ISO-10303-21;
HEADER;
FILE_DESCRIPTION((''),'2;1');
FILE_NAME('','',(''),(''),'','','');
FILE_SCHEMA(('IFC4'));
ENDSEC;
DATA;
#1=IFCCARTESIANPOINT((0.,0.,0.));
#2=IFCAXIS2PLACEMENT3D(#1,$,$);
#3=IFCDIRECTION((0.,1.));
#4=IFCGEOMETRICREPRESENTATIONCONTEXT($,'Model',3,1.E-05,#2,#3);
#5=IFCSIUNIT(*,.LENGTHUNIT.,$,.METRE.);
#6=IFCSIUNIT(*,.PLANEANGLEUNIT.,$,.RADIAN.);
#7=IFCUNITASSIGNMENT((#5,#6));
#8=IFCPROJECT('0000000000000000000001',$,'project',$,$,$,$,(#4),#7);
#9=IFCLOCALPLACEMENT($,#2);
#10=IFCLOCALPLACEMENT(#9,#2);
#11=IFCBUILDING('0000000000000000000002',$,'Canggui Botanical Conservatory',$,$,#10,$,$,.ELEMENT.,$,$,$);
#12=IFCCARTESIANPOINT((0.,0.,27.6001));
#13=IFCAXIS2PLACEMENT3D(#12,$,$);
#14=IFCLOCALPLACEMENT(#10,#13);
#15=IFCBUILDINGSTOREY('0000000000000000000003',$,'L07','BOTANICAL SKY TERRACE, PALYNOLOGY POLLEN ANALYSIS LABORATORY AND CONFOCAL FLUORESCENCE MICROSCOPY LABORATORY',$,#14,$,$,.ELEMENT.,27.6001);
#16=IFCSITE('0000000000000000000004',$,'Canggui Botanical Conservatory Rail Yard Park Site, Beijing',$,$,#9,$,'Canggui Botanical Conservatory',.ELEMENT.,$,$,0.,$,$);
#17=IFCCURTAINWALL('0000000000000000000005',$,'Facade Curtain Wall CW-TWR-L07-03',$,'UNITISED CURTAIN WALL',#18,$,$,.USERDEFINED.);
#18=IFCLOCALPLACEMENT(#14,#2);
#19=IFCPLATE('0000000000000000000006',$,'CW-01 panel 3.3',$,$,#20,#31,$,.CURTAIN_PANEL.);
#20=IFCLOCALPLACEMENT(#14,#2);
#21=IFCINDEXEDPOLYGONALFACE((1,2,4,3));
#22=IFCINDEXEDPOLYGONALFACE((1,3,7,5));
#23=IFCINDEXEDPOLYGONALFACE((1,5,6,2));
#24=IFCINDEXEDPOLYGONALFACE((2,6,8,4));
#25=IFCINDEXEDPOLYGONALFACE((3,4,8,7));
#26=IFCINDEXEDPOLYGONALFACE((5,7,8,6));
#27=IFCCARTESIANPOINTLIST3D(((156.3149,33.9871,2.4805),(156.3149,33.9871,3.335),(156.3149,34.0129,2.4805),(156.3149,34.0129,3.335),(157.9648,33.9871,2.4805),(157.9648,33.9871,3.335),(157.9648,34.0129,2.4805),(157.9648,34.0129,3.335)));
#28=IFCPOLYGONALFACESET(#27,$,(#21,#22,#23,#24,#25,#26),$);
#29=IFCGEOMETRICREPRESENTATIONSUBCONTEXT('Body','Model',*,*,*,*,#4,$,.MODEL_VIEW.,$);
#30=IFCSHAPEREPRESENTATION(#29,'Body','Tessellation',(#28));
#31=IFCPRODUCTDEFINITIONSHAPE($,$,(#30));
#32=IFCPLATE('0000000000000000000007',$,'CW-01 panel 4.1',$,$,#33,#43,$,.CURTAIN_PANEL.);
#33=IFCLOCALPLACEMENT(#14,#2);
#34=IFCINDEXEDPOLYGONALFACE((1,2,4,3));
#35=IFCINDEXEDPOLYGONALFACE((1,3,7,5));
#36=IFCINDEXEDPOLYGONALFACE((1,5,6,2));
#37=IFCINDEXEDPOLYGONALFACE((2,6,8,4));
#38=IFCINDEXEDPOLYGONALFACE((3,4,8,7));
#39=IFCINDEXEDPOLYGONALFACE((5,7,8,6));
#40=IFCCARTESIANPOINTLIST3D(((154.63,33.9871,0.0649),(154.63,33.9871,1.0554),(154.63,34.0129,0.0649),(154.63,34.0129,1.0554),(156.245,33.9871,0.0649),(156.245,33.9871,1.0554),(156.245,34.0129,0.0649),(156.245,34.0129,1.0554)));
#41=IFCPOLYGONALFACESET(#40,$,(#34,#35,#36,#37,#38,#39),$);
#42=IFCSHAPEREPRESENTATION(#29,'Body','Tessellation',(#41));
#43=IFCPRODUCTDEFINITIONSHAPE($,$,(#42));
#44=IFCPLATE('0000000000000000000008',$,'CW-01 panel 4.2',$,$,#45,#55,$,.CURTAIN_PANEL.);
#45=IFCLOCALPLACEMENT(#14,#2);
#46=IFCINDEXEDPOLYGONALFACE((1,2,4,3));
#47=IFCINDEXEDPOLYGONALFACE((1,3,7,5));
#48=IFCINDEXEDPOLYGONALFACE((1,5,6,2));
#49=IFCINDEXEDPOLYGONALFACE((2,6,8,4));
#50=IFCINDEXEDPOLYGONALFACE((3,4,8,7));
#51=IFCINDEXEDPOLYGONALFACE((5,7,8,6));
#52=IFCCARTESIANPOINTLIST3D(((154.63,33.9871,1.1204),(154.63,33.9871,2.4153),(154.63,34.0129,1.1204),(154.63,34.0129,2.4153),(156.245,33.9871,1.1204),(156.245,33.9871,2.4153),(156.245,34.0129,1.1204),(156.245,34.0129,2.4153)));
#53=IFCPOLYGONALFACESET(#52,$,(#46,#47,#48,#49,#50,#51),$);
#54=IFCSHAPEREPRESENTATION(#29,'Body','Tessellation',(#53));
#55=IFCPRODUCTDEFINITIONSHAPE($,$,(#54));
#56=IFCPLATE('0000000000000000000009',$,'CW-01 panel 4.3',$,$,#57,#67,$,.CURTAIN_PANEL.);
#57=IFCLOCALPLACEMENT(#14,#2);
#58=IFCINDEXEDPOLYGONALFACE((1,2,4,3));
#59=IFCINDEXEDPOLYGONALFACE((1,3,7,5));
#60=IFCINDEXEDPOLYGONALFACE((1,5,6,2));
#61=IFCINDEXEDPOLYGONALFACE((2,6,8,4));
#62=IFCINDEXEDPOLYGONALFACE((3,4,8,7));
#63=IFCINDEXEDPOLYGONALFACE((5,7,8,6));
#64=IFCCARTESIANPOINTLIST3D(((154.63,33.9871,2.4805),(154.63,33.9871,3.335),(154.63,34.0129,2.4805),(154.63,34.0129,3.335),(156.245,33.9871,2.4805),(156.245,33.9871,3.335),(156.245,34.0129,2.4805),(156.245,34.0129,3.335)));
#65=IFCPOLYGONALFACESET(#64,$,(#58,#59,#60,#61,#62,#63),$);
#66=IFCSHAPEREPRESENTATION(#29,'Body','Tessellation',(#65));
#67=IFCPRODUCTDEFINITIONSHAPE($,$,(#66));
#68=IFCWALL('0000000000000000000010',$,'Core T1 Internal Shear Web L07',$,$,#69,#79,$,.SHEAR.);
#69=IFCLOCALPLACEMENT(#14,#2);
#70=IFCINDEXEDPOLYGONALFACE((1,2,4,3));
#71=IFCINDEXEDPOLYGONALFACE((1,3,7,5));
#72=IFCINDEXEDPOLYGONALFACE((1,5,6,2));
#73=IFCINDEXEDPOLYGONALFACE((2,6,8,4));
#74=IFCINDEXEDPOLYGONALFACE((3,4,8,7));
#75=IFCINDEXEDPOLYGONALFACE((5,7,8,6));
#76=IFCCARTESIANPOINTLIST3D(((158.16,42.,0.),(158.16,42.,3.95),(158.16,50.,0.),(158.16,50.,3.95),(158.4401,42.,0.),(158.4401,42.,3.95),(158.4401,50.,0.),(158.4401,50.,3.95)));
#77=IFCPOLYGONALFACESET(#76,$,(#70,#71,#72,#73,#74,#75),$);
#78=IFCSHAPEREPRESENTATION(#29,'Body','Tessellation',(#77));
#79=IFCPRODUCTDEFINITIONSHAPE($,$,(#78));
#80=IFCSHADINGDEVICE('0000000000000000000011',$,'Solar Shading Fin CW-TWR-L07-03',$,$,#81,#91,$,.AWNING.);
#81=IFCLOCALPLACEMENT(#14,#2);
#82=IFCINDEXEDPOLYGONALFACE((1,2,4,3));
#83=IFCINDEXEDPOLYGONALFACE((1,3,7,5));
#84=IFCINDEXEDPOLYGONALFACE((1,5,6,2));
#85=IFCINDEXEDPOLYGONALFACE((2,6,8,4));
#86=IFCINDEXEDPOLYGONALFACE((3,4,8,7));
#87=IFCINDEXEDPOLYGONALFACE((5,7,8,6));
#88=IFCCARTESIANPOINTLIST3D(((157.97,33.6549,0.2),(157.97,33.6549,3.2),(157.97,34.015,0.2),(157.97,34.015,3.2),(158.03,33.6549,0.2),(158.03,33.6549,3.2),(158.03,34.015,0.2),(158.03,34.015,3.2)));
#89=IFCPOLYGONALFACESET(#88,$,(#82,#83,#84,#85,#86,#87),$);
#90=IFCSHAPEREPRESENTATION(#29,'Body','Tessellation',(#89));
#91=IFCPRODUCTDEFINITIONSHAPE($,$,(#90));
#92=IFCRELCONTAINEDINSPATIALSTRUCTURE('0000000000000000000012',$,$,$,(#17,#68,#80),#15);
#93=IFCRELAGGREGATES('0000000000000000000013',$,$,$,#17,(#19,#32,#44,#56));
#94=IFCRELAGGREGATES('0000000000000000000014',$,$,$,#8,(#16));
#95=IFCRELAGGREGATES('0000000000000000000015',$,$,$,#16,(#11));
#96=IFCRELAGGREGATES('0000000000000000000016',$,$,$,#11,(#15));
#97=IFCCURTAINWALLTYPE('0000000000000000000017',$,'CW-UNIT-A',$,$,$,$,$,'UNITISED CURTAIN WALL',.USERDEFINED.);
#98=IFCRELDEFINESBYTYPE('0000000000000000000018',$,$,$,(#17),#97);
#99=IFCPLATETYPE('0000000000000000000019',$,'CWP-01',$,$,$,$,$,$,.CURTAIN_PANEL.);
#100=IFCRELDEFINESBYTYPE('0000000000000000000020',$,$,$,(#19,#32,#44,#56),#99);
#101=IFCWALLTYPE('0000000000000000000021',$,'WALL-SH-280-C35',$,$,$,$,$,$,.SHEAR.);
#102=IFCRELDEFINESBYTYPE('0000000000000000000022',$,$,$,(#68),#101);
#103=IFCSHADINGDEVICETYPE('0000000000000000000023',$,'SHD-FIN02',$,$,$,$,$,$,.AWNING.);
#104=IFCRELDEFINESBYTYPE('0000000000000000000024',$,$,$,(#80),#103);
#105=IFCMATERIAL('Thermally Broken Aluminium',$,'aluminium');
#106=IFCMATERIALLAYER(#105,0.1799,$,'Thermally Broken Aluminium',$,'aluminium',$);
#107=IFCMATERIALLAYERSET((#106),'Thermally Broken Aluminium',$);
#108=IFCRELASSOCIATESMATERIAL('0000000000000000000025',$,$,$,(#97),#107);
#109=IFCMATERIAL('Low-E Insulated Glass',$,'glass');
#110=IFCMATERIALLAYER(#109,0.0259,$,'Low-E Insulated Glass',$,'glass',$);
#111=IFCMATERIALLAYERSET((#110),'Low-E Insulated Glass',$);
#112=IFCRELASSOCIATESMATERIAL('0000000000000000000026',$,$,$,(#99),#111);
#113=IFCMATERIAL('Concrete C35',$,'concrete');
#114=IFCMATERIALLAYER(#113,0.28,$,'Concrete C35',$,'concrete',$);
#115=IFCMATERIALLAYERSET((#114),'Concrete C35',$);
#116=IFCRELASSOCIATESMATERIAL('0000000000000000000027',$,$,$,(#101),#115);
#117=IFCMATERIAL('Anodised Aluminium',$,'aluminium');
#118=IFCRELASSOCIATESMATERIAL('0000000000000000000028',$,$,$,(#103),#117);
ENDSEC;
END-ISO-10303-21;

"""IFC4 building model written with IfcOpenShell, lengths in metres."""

from ifc_helpers import new_model, si_unit, direction, frame, frame_2d, origin, origin_2d, place, context, subcontext, project, spatial, rectangle, extrude, material, layer, layer_set, type_object, element, aggregate, save


model = new_model("IFC4")

# Units and contexts
model_context = context("Model", 3, precision=1e-05, world=origin(), true_north=direction((0.0, 1.0)))
body_context = subcontext(model_context, "Body", "Model", "MODEL_VIEW")
ifc_project = project(units=[si_unit("LENGTHUNIT", "METRE"), si_unit("PLANEANGLEUNIT", "RADIAN")], contexts=[model_context])

# Site, building, storey
site_placement = place(None, origin())
site = spatial("IfcSite", under=ifc_project, at=site_placement, Name="Canggui Botanical Conservatory Rail Yard Park Site, Beijing", LongName="Canggui Botanical Conservatory", CompositionType="ELEMENT", RefElevation=0.0)
building_placement = place(site_placement, origin())
building = spatial("IfcBuilding", under=site, at=building_placement, Name="Canggui Botanical Conservatory", CompositionType="ELEMENT")
storey_placement = place(building_placement, frame((0.0, 0.0, 27.6001)))
storey = spatial("IfcBuildingStorey", under=building, at=storey_placement, Name="L07", Description="BOTANICAL SKY TERRACE, PALYNOLOGY POLLEN ANALYSIS LABORATORY AND CONFOCAL FLUORESCENCE MICROSCOPY LABORATORY", CompositionType="ELEMENT", Elevation=27.6001)

# Curtain wall, plates
ifc_material_1 = material(Name="Thermally Broken Aluminium", Category="aluminium")
ifc_layer_1 = layer(ifc_material_1, 0.1799, Name="Thermally Broken Aluminium", Category="aluminium")
ifc_layer_set_1 = layer_set([ifc_layer_1], Name="Thermally Broken Aluminium")
curtain_wall_type = type_object("IfcCurtainWallType", Name="CW-UNIT-A", ElementType="UNITISED CURTAIN WALL", PredefinedType="USERDEFINED", material=ifc_layer_set_1)
curtain_wall_placement = place(storey_placement, origin())
curtain_wall = element("IfcCurtainWall", 1, at=curtain_wall_placement, inside=storey, type_object=curtain_wall_type, Name="Facade Curtain Wall CW-TWR-L07-03", ObjectType="UNITISED CURTAIN WALL", PredefinedType="USERDEFINED")
ifc_material_2 = material(Name="Low-E Insulated Glass", Category="glass")
ifc_layer_2 = layer(ifc_material_2, 0.0259, Name="Low-E Insulated Glass", Category="glass")
ifc_layer_set_2 = layer_set([ifc_layer_2], Name="Low-E Insulated Glass")
plate_type = type_object("IfcPlateType", Name="CWP-01", PredefinedType="CURTAIN_PANEL", material=ifc_layer_set_2)
plate_1_placement = place(storey_placement, frame((157.1399, 34.0, 2.4805), z_axis=(0.0, 0.0, 1.0), x_axis=(-1.0, 0.0, 0.0)))
plate_1 = element("IfcPlate", 2, at=plate_1_placement, type_object=plate_type, Name="CW-01 panel 3.3", PredefinedType="CURTAIN_PANEL", context=body_context, shape_type="SweptSolid", body=[
    extrude(rectangle(XDim=1.6499, YDim=0.0259, at=origin_2d()), origin(), (0.0, 0.0, 1.0), 0.8545),
])
plate_2_placement = place(storey_placement, frame((155.4375, 34.0, 0.0649), z_axis=(0.0, 0.0, 1.0), x_axis=(-1.0, 0.0, 0.0)))
plate_2 = element("IfcPlate", 3, at=plate_2_placement, type_object=plate_type, Name="CW-01 panel 4.1", PredefinedType="CURTAIN_PANEL", context=body_context, shape_type="SweptSolid", body=[
    extrude(rectangle(XDim=1.615, YDim=0.0259, at=origin_2d()), origin(), (0.0, 0.0, 1.0), 0.9905),
])
plate_3_placement = place(storey_placement, frame((155.4375, 34.0, 1.1204), z_axis=(0.0, 0.0, 1.0), x_axis=(-1.0, 0.0, 0.0)))
plate_3 = element("IfcPlate", 4, at=plate_3_placement, type_object=plate_type, Name="CW-01 panel 4.2", PredefinedType="CURTAIN_PANEL", context=body_context, shape_type="SweptSolid", body=[
    extrude(rectangle(XDim=1.615, YDim=0.0259, at=origin_2d()), origin(), (0.0, 0.0, 1.0), 1.2949),
])
plate_4_placement = place(storey_placement, frame((155.4375, 34.0, 2.4805), z_axis=(0.0, 0.0, 1.0), x_axis=(-1.0, 0.0, 0.0)))
plate_4 = element("IfcPlate", 5, at=plate_4_placement, type_object=plate_type, Name="CW-01 panel 4.3", PredefinedType="CURTAIN_PANEL", context=body_context, shape_type="SweptSolid", body=[
    extrude(rectangle(XDim=1.615, YDim=0.0259, at=origin_2d()), origin(), (0.0, 0.0, 1.0), 0.8545),
])
aggregate(curtain_wall, [plate_1, plate_2, plate_3, plate_4])

# Wall
ifc_material_3 = material(Name="Concrete C35", Category="concrete")
ifc_layer_3 = layer(ifc_material_3, 0.28, Name="Concrete C35", Category="concrete")
ifc_layer_set_3 = layer_set([ifc_layer_3], Name="Concrete C35")
wall_type = type_object("IfcWallType", Name="WALL-SH-280-C35", PredefinedType="SHEAR", material=ifc_layer_set_3)
wall_placement = place(storey_placement, frame((158.3, 42.0, 0.0), z_axis=(0.0, 0.0, 1.0), x_axis=(0.0, 1.0, 0.0)))
element("IfcWall", 6, at=wall_placement, inside=storey, type_object=wall_type, Name="Core T1 Internal Shear Web L07", PredefinedType="SHEAR", context=body_context, shape_type="SweptSolid", body=[
    extrude(rectangle(XDim=8.0, YDim=0.28, at=frame_2d((4.0, 0.0))), origin(), (0.0, 0.0, 1.0), 3.95),
])

# Shading device
ifc_material_4 = material(Name="Anodised Aluminium", Category="aluminium")
shading_device_type = type_object("IfcShadingDeviceType", Name="SHD-FIN02", PredefinedType="AWNING", material=ifc_material_4)
shading_device_placement = place(storey_placement, frame((158.0, 33.835, 0.2), z_axis=(0.0, 0.0, 1.0), x_axis=(-1.0, 0.0, 0.0)))
element("IfcShadingDevice", 7, at=shading_device_placement, inside=storey, type_object=shading_device_type, Name="Solar Shading Fin CW-TWR-L07-03", PredefinedType="AWNING", context=body_context, shape_type="SweptSolid", body=[
    extrude(rectangle(XDim=0.0601, YDim=0.3601, at=origin_2d()), origin(), (0.0, 0.0, 1.0), 3.0),
])

save(model, "model.ifc")
